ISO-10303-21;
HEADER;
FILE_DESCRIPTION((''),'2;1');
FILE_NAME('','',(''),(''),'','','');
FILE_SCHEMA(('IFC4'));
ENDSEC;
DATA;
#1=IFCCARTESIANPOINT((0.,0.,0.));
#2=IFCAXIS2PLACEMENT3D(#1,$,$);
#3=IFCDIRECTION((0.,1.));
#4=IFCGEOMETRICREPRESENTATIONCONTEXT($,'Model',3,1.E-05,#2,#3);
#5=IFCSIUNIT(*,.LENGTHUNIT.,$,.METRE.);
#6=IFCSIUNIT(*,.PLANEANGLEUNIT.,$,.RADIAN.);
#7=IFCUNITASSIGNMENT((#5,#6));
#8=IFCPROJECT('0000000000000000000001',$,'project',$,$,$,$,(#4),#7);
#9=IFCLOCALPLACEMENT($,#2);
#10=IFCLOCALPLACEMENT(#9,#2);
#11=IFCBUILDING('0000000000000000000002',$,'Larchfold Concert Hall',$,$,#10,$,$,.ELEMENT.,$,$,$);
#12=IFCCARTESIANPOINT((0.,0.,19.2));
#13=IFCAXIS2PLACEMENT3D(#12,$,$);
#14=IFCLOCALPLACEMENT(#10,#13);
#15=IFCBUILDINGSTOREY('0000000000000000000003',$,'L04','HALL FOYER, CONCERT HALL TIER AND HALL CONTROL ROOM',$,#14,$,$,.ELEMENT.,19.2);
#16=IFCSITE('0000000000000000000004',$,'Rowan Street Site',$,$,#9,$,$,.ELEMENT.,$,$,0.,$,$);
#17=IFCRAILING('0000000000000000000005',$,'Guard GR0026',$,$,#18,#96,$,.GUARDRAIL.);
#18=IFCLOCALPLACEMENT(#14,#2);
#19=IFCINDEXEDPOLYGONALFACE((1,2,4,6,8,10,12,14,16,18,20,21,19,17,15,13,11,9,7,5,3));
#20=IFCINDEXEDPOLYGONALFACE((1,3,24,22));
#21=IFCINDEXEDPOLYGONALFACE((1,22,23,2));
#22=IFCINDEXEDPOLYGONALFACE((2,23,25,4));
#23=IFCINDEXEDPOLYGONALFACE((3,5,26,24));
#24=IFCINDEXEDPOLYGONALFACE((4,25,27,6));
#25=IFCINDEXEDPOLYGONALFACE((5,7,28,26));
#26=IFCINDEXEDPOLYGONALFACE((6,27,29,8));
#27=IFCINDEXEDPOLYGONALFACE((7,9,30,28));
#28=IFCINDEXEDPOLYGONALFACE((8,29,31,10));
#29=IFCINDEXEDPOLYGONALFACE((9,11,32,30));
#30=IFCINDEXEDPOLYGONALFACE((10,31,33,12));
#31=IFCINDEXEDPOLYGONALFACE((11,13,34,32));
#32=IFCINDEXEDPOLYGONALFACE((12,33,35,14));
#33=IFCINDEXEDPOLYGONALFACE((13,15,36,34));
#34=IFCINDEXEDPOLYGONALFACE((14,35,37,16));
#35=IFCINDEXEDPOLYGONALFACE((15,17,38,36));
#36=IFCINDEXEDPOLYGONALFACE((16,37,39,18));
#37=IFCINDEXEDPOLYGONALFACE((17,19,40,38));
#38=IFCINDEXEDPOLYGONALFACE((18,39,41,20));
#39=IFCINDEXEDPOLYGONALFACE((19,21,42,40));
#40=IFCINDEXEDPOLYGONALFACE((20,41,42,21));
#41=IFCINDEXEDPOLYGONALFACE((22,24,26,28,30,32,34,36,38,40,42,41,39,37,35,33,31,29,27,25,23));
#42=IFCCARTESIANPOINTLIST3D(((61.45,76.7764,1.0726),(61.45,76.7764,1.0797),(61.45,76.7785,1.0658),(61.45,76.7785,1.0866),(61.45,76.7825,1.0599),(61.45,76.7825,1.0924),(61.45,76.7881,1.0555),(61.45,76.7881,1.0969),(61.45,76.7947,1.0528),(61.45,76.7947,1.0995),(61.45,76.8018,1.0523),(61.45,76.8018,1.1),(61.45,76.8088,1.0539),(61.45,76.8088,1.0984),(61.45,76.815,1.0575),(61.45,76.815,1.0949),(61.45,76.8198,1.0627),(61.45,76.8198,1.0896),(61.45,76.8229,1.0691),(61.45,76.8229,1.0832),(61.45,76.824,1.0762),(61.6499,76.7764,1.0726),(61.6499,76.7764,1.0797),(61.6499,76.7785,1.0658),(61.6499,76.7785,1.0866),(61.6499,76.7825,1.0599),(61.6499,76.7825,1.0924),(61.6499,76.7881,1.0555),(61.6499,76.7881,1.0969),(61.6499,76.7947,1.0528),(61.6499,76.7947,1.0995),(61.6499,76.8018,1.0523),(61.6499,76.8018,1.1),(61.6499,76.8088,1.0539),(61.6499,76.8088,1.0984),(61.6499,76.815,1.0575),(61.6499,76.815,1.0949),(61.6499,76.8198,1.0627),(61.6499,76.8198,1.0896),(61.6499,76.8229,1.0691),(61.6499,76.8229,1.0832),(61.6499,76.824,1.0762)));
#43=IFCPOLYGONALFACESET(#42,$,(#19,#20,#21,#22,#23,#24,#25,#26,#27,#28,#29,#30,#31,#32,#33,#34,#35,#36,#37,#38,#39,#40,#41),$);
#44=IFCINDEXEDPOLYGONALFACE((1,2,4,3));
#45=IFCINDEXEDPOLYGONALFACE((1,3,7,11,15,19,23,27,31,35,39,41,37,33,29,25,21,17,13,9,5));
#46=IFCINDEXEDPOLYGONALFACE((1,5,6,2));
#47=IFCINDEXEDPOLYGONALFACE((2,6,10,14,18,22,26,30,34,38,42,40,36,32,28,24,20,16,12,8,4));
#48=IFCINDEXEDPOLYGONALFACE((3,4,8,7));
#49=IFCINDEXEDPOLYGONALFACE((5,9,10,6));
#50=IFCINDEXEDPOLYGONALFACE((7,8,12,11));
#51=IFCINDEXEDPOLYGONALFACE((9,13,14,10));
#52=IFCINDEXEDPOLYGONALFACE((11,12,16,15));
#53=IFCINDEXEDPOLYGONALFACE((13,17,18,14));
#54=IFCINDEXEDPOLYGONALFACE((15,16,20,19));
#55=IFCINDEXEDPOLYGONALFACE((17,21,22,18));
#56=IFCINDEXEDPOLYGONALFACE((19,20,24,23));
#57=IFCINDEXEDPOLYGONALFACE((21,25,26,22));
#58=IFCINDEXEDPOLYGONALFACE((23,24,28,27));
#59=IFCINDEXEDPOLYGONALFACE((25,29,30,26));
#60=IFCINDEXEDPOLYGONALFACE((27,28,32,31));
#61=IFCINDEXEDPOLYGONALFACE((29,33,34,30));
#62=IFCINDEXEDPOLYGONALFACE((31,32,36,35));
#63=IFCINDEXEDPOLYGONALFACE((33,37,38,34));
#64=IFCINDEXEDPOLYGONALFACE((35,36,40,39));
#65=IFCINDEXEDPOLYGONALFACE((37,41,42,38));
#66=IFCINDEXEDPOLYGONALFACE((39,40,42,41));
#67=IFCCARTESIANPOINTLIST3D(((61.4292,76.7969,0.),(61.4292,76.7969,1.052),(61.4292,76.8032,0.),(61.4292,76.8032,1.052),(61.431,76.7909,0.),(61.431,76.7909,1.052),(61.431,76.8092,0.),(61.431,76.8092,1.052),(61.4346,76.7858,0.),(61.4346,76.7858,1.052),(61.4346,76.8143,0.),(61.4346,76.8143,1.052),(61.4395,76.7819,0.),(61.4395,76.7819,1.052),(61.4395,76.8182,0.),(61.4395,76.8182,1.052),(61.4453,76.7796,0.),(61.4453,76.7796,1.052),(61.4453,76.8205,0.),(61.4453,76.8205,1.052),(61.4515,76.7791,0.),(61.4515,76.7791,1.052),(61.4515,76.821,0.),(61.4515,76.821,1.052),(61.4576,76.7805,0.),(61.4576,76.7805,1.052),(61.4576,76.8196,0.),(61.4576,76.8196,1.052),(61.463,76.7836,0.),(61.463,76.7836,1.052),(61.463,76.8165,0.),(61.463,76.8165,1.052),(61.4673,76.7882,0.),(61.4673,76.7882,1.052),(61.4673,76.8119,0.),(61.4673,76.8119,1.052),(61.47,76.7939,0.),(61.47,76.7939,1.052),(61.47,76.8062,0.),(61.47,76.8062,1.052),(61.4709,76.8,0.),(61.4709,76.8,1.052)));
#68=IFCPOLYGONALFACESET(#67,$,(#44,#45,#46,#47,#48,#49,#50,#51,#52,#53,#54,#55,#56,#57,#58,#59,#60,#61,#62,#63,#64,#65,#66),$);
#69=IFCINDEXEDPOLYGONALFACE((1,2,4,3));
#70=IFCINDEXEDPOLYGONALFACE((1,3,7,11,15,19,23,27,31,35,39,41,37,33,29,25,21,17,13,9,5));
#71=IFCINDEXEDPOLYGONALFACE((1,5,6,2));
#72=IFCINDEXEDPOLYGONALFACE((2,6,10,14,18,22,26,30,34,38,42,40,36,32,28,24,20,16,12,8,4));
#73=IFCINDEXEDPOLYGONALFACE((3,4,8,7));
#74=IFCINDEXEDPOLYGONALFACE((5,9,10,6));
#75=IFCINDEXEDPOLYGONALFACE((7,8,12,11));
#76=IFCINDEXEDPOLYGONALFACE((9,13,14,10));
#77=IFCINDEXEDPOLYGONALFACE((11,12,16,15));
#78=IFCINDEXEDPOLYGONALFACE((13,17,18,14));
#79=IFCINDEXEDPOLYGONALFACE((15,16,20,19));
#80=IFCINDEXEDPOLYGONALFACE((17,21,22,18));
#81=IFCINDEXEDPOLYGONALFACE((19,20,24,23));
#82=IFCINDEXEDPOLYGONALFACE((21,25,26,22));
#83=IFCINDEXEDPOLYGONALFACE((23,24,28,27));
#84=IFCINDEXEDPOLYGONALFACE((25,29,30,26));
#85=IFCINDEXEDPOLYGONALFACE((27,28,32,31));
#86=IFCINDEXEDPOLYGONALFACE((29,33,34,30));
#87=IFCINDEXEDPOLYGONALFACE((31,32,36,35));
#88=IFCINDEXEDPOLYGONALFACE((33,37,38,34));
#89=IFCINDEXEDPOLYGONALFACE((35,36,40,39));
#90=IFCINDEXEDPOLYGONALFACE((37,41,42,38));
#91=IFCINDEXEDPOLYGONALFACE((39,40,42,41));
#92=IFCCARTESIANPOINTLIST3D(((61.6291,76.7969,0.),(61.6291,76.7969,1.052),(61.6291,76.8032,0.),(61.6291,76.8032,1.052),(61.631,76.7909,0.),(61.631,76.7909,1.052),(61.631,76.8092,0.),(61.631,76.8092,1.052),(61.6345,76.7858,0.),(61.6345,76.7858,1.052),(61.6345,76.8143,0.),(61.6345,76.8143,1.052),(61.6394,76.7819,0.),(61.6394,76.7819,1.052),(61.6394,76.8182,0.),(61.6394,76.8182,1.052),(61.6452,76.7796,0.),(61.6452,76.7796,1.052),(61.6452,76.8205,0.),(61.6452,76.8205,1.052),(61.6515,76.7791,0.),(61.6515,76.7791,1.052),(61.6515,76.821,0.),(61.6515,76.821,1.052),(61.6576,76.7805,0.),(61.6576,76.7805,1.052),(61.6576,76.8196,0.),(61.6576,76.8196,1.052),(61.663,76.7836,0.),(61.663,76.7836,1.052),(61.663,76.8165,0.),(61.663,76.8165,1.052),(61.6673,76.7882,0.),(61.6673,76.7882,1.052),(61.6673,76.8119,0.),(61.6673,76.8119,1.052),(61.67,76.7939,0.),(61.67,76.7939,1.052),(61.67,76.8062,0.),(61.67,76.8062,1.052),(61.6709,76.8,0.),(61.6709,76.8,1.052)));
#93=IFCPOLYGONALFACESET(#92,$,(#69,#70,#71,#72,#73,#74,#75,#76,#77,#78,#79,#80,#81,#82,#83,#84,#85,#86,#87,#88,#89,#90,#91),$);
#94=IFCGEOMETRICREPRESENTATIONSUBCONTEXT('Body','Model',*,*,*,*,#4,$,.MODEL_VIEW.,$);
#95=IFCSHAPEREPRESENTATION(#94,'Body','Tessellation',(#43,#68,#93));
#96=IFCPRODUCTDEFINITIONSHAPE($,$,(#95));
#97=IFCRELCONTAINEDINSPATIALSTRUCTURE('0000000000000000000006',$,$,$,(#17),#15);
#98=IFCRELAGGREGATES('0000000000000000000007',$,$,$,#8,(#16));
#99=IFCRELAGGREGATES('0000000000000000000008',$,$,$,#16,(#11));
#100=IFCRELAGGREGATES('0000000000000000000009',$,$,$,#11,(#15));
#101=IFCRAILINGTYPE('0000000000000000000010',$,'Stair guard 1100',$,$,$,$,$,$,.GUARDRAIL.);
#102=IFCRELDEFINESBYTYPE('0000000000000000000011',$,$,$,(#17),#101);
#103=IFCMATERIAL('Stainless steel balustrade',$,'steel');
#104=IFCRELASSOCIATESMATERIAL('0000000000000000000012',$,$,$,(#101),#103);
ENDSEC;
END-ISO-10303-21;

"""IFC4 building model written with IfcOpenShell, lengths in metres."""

from ifc_helpers import new_model, si_unit, direction, frame, origin, origin_2d, place, context, subcontext, project, spatial, circle, extrude, material, type_object, element, save


model = new_model("IFC4")

# Units and contexts
model_context = context("Model", 3, precision=1e-05, world=origin(), true_north=direction((0.0, 1.0)))
body_context = subcontext(model_context, "Body", "Model", "MODEL_VIEW")
ifc_project = project(units=[si_unit("LENGTHUNIT", "METRE"), si_unit("PLANEANGLEUNIT", "RADIAN")], contexts=[model_context])

# Site, building, storey
site_placement = place(None, origin())
site = spatial("IfcSite", under=ifc_project, at=site_placement, Name="Rowan Street Site", CompositionType="ELEMENT", RefElevation=0.0)
building_placement = place(site_placement, origin())
building = spatial("IfcBuilding", under=site, at=building_placement, Name="Larchfold Concert Hall", CompositionType="ELEMENT")
storey_placement = place(building_placement, frame((0.0, 0.0, 19.2)))
storey = spatial("IfcBuildingStorey", under=building, at=storey_placement, Name="L04", Description="HALL FOYER, CONCERT HALL TIER AND HALL CONTROL ROOM", CompositionType="ELEMENT", Elevation=19.2)

# Railing
ifc_material_1 = material(Name="Stainless steel balustrade", Category="steel")
railing_type_1 = type_object("IfcRailingType", Name="Stair guard 1100", PredefinedType="GUARDRAIL", material=ifc_material_1)
railing_1_placement = place(storey_placement, frame((61.45, 76.8, 0.0)))
element("IfcRailing", 1, at=railing_1_placement, inside=storey, type_object=railing_type_1, Name="Guard GR0026", PredefinedType="GUARDRAIL", context=body_context, shape_type="SweptSolid", body=[
    extrude(circle(Radius=0.0239, at=origin_2d()), frame((0.0, 0.0, 1.0762), z_axis=(1.0, 0.0, 0.0), x_axis=(0.0, 1.0, 0.0)), (0.0, 0.0, 1.0), 0.2),
    extrude(circle(Radius=0.021, at=origin_2d()), origin(), (0.0, 0.0, 1.0), 1.052),
    extrude(circle(Radius=0.021, at=origin_2d()), frame((0.2, 0.0, 0.0)), (0.0, 0.0, 1.0), 1.052),
])

save(model, "model.ifc")
